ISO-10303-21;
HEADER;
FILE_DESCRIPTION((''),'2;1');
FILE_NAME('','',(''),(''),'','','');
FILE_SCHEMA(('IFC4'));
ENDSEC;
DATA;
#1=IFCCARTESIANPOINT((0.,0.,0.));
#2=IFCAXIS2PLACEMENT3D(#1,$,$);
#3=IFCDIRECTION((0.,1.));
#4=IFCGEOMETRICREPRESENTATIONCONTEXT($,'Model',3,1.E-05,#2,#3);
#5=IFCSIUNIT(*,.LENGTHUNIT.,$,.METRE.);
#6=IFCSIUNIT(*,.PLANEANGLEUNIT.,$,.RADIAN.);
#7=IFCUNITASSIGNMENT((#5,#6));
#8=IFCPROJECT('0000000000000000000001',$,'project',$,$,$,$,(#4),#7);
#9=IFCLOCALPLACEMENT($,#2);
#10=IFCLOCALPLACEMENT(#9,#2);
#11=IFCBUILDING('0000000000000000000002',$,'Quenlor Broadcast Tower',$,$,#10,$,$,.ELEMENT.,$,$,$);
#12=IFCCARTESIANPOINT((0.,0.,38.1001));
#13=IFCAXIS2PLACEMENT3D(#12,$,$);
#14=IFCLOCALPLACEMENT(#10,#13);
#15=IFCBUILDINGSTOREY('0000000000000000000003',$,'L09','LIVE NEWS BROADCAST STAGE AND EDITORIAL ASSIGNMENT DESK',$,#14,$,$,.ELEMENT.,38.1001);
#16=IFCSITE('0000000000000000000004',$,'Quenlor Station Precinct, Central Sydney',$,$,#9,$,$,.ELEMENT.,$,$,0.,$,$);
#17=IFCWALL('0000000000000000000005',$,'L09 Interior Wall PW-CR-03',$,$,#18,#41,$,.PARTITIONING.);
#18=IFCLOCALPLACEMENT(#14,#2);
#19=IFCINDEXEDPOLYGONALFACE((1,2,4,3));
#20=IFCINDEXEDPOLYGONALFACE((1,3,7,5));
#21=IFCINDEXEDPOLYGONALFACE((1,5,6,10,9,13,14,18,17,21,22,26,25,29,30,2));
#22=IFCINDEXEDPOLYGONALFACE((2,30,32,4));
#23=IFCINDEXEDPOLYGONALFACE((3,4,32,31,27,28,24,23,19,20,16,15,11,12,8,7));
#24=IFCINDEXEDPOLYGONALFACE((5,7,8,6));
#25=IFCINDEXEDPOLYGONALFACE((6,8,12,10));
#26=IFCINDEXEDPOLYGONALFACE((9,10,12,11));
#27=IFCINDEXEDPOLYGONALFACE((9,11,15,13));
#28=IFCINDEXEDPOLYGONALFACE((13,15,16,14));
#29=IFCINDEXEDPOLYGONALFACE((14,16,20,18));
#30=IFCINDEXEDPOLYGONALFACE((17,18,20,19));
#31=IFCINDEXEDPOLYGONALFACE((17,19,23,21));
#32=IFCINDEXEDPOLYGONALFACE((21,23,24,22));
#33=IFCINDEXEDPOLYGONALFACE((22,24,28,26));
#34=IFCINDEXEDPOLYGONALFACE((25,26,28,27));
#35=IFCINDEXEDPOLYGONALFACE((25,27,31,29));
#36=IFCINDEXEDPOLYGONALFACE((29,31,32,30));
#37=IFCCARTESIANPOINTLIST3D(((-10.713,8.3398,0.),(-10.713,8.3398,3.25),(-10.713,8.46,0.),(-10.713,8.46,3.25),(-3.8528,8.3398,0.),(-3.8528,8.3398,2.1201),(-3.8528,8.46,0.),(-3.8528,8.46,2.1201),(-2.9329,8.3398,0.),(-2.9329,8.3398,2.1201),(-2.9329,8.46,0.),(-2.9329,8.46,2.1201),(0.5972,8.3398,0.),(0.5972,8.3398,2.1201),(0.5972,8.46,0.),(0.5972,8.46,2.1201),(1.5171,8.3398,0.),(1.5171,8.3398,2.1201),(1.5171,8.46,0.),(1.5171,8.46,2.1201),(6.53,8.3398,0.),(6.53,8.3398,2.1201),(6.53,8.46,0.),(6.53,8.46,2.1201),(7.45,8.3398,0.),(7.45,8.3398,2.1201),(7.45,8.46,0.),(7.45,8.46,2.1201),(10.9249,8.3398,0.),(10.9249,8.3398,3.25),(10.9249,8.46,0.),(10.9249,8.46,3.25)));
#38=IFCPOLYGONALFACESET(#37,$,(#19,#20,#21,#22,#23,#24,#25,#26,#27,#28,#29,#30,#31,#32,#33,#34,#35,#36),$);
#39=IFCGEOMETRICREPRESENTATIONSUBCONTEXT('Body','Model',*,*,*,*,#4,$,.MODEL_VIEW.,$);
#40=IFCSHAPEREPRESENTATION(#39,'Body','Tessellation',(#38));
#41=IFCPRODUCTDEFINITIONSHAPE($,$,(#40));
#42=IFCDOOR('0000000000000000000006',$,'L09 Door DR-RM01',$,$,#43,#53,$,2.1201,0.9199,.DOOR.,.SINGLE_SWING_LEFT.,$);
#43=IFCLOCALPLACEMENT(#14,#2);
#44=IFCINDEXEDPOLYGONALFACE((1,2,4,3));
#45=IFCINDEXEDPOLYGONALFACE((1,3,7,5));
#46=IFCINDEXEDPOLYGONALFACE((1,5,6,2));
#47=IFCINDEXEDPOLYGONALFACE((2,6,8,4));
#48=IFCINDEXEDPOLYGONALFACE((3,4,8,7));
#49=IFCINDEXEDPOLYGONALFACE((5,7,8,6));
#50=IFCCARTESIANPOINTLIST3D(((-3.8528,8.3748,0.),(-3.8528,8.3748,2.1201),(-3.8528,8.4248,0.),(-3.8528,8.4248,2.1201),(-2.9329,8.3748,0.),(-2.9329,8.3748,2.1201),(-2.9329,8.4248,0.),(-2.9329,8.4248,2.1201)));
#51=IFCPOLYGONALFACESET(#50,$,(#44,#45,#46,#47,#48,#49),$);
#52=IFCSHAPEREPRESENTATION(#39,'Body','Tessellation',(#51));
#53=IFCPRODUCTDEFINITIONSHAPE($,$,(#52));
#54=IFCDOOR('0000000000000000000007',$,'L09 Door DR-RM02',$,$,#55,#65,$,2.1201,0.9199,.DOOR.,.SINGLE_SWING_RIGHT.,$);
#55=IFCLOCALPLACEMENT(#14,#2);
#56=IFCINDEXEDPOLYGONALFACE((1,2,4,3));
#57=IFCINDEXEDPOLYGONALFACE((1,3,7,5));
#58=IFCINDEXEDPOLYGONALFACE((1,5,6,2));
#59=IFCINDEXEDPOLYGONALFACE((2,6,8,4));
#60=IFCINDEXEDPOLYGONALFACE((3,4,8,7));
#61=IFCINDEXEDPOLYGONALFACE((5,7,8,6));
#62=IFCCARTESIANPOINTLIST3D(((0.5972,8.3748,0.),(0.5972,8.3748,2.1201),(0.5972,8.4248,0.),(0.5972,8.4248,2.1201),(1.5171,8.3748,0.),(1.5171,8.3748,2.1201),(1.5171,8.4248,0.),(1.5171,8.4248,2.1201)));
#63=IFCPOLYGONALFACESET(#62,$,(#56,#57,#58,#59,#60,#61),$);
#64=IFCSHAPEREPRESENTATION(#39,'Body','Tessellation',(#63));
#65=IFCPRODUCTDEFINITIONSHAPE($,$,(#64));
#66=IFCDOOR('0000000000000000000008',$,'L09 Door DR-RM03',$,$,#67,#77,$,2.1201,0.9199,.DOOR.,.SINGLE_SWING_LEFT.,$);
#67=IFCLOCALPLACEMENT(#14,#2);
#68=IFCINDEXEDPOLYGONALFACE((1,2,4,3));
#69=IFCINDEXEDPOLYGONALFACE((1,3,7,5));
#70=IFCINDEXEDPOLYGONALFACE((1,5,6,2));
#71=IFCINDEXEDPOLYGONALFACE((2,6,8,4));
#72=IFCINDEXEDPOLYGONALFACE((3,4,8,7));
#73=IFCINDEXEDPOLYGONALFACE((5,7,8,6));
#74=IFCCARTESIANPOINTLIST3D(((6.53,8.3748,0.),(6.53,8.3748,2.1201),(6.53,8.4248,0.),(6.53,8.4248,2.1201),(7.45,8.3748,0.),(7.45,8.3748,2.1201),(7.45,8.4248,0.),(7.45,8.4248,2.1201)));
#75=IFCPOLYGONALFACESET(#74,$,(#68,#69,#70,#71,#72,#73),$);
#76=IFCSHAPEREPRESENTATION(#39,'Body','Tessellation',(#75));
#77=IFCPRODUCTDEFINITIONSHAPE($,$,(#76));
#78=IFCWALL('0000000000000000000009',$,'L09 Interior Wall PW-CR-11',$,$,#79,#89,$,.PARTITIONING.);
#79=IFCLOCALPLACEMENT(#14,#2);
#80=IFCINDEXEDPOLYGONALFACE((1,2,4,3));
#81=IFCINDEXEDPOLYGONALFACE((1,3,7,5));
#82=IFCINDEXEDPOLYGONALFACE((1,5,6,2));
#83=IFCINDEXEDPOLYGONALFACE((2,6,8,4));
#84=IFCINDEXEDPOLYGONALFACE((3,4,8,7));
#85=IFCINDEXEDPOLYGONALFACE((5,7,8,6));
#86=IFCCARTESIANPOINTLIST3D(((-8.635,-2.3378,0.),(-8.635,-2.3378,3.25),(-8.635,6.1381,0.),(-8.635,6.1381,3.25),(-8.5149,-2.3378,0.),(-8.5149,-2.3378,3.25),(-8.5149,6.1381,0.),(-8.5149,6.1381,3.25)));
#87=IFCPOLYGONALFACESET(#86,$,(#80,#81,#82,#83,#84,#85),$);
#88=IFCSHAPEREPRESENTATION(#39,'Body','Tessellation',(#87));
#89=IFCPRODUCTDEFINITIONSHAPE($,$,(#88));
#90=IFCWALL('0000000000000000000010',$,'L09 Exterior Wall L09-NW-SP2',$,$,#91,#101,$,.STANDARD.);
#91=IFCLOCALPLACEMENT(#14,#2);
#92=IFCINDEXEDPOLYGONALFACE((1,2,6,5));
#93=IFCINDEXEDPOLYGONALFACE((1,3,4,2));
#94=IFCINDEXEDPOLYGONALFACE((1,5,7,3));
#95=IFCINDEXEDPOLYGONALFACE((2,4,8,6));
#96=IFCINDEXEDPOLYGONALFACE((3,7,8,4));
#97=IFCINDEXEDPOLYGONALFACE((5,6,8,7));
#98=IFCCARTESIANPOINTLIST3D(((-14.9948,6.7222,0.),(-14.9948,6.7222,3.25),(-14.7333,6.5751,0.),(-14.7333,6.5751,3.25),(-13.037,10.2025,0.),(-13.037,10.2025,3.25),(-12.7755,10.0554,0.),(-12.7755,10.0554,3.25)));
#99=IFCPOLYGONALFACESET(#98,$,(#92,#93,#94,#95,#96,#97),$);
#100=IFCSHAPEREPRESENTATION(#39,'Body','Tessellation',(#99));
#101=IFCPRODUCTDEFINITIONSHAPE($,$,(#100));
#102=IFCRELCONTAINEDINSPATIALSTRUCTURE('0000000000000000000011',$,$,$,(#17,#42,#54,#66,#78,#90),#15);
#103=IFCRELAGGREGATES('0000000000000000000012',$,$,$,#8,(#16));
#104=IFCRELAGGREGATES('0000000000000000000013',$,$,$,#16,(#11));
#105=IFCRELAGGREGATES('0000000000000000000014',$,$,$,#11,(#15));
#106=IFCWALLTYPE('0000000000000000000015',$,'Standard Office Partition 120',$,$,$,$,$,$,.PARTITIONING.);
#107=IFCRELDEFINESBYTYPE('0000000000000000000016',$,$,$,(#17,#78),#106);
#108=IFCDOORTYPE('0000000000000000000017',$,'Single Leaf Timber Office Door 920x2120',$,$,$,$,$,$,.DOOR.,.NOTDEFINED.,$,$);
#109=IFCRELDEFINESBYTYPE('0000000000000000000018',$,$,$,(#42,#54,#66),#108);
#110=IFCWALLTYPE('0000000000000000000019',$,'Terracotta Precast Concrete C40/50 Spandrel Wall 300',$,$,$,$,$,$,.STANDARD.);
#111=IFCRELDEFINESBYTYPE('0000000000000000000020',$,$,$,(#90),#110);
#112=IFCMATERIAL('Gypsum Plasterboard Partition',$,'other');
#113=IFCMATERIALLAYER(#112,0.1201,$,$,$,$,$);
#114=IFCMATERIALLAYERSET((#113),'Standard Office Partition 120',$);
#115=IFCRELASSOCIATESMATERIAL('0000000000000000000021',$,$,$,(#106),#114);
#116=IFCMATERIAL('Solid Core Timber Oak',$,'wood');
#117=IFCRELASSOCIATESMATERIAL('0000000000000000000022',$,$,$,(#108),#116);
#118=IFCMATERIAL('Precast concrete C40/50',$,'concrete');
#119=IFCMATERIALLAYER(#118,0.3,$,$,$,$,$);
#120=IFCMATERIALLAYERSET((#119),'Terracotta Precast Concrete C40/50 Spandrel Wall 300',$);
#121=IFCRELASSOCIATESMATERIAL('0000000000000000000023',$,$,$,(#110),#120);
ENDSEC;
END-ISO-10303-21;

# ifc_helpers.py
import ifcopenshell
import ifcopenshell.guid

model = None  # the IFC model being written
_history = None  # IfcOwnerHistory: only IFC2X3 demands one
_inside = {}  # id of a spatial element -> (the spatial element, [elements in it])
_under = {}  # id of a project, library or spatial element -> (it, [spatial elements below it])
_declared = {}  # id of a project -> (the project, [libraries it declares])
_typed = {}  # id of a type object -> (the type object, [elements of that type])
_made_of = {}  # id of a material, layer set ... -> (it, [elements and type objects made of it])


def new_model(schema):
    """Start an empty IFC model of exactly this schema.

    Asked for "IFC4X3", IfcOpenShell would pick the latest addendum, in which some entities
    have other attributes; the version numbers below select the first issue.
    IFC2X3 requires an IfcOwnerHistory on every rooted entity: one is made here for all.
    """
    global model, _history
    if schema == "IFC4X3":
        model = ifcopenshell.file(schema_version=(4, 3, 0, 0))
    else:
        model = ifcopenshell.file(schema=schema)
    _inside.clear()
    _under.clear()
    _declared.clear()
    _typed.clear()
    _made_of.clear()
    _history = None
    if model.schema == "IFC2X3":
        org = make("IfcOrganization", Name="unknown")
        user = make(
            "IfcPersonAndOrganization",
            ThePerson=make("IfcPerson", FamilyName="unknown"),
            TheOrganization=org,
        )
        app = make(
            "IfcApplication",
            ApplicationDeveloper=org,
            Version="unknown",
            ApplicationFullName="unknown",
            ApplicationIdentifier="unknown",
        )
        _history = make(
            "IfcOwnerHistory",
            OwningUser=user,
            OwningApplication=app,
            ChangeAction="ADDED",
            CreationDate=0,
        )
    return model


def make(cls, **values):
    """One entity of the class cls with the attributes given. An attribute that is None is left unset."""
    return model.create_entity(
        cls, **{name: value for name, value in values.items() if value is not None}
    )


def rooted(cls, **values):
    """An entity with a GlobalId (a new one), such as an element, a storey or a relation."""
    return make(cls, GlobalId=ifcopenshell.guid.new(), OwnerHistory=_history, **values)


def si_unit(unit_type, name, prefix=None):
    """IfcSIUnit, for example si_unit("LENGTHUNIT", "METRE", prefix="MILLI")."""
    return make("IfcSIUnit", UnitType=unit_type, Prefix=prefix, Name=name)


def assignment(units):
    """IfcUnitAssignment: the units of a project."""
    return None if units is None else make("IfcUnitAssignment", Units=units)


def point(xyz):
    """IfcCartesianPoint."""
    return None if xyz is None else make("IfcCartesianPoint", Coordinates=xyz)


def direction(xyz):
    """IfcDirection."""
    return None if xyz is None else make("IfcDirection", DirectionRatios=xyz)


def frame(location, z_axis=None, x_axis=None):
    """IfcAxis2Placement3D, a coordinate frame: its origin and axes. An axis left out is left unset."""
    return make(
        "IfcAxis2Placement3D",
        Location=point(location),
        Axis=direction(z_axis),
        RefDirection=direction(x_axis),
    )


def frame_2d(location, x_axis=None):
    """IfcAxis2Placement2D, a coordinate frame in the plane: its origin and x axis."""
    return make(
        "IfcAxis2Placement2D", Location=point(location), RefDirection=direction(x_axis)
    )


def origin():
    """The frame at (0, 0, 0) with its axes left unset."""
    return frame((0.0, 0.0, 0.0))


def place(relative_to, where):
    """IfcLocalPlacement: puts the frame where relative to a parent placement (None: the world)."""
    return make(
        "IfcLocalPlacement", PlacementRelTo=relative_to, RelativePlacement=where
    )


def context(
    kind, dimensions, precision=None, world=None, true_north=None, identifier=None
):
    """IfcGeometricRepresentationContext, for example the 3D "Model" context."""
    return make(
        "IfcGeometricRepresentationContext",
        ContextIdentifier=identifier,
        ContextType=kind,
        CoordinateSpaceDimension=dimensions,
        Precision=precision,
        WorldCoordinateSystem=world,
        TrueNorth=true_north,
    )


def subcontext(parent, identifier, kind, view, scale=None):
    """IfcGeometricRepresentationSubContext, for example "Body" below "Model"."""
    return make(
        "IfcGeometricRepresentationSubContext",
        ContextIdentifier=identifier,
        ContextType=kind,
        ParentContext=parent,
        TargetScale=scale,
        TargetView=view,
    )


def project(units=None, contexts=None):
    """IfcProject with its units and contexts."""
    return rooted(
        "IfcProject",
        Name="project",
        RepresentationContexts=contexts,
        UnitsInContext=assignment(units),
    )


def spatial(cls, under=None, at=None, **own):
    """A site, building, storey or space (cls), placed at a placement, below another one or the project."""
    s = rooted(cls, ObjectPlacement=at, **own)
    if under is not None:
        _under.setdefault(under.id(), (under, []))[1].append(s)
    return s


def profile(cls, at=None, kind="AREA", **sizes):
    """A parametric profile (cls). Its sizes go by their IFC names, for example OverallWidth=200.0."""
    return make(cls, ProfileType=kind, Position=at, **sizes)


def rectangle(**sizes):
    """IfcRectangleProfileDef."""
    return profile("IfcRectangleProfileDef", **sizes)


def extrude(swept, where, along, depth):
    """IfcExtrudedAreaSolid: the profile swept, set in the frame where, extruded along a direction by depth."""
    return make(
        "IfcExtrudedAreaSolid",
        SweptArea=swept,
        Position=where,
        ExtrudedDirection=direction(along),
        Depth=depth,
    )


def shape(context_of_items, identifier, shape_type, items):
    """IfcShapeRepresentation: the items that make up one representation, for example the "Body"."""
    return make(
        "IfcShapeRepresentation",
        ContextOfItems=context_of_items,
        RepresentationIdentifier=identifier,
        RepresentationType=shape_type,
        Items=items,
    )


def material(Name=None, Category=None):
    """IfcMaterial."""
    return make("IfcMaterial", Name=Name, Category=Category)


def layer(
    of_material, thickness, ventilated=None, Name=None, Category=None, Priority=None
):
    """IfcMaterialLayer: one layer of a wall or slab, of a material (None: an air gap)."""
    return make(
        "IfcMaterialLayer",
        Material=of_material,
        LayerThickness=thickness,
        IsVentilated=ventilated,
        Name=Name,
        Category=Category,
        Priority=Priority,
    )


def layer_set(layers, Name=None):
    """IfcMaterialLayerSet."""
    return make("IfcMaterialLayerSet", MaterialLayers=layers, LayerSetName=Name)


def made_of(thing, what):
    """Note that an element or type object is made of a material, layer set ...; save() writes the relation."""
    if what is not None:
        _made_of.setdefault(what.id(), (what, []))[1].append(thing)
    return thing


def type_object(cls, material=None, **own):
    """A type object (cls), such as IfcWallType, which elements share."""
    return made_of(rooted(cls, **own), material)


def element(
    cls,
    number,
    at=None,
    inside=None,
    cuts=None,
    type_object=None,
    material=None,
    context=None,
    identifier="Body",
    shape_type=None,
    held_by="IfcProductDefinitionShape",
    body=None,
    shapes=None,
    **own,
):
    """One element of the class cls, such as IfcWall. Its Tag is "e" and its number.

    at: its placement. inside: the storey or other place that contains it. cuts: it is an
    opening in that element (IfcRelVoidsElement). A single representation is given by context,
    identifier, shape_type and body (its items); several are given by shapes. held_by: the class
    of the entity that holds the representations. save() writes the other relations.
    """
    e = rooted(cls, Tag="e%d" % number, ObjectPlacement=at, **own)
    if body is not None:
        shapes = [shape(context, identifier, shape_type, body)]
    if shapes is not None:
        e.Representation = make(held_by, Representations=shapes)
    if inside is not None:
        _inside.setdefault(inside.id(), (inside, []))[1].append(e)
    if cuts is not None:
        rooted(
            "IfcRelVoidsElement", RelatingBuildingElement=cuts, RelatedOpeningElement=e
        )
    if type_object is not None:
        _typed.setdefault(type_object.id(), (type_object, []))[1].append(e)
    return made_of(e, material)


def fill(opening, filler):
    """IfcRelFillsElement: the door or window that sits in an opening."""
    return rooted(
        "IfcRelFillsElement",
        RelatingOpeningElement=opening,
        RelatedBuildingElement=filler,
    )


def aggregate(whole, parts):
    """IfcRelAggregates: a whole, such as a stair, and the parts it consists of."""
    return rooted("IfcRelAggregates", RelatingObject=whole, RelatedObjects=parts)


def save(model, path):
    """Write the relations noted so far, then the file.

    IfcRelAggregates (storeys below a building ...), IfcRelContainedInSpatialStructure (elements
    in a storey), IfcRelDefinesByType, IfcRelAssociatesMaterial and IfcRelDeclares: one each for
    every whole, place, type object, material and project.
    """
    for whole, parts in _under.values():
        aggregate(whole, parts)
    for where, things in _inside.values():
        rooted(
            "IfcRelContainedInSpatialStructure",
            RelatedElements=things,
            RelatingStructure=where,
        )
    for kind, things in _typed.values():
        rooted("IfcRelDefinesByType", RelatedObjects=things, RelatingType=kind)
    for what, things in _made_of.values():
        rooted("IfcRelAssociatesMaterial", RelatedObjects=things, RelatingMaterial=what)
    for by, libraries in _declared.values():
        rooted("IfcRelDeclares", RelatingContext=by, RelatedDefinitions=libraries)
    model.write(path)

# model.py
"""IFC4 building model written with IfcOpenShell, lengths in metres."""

from ifc_helpers import new_model, si_unit, direction, frame, frame_2d, origin, place, context, subcontext, project, spatial, rectangle, extrude, material, layer, layer_set, type_object, element, fill, save


model = new_model("IFC4")

# Units and contexts
model_context = context("Model", 3, precision=1e-05, world=origin(), true_north=direction((0.0, 1.0)))
body_context = subcontext(model_context, "Body", "Model", "MODEL_VIEW")
ifc_project = project(units=[si_unit("LENGTHUNIT", "METRE"), si_unit("PLANEANGLEUNIT", "RADIAN")], contexts=[model_context])

# Site, building, storey
site_placement = place(None, origin())
site = spatial("IfcSite", under=ifc_project, at=site_placement, Name="Quenlor Station Precinct, Central Sydney", CompositionType="ELEMENT", RefElevation=0.0)
building_placement = place(site_placement, origin())
building = spatial("IfcBuilding", under=site, at=building_placement, Name="Quenlor Broadcast Tower", CompositionType="ELEMENT")
storey_placement = place(building_placement, frame((0.0, 0.0, 38.1001)))
storey = spatial("IfcBuildingStorey", under=building, at=storey_placement, Name="L09", Description="LIVE NEWS BROADCAST STAGE AND EDITORIAL ASSIGNMENT DESK", CompositionType="ELEMENT", Elevation=38.1001)

# Wall, openings, doors
ifc_material_1 = material(Name="Gypsum Plasterboard Partition", Category="other")
ifc_layer_1 = layer(ifc_material_1, 0.1201)
ifc_layer_set_1 = layer_set([ifc_layer_1], Name="Standard Office Partition 120")
wall_type_1 = type_object("IfcWallType", Name="Standard Office Partition 120", PredefinedType="PARTITIONING", material=ifc_layer_set_1)
wall_1_placement = place(storey_placement, frame((-10.7129, 8.3999, 0.0), z_axis=(0.0, 0.0, 1.0), x_axis=(1.0, 0.0, 0.0)))
wall_1 = element("IfcWall", 1, at=wall_1_placement, inside=storey, type_object=wall_type_1, Name="L09 Interior Wall PW-CR-03", PredefinedType="PARTITIONING", context=body_context, shape_type="SweptSolid", body=[
    extrude(rectangle(XDim=21.6379, YDim=0.1201, at=frame_2d((10.8188, 0.0))), origin(), (0.0, 0.0, 1.0), 3.25),
])
opening_1_placement = place(wall_1_placement, frame((6.8601, 0.0, 0.0)))
opening_1 = element("IfcOpeningElement", 2, at=opening_1_placement, cuts=wall_1, PredefinedType="OPENING", context=body_context, shape_type="SweptSolid", body=[
    extrude(rectangle(XDim=0.9199, YDim=2.1201, at=frame_2d((0.46, 1.0601))), frame((0.0, 0.0701, 0.0), z_axis=(0.0, -1.0, 0.0), x_axis=(1.0, 0.0, 0.0)), (0.0, 0.0, 1.0), 0.1401),
])
opening_2_placement = place(wall_1_placement, frame((11.3101, 0.0, 0.0)))
opening_2 = element("IfcOpeningElement", 3, at=opening_2_placement, cuts=wall_1, PredefinedType="OPENING", context=body_context, shape_type="SweptSolid", body=[
    extrude(rectangle(XDim=0.9199, YDim=2.1201, at=frame_2d((0.46, 1.0601))), frame((0.0, 0.0701, 0.0), z_axis=(0.0, -1.0, 0.0), x_axis=(1.0, 0.0, 0.0)), (0.0, 0.0, 1.0), 0.1401),
])
opening_3_placement = place(wall_1_placement, frame((17.2429, 0.0, 0.0)))
opening_3 = element("IfcOpeningElement", 4, at=opening_3_placement, cuts=wall_1, PredefinedType="OPENING", context=body_context, shape_type="SweptSolid", body=[
    extrude(rectangle(XDim=0.9199, YDim=2.1201, at=frame_2d((0.46, 1.0601))), frame((0.0, 0.0701, 0.0), z_axis=(0.0, -1.0, 0.0), x_axis=(1.0, 0.0, 0.0)), (0.0, 0.0, 1.0), 0.1401),
])
ifc_material_2 = material(Name="Solid Core Timber Oak", Category="wood")
door_type = type_object("IfcDoorType", Name="Single Leaf Timber Office Door 920x2120", OperationType="NOTDEFINED", PredefinedType="DOOR", material=ifc_material_2)
door_1_placement = place(opening_1_placement, origin())
door_1 = element("IfcDoor", 5, at=door_1_placement, inside=storey, type_object=door_type, Name="L09 Door DR-RM01", OperationType="SINGLE_SWING_LEFT", OverallHeight=2.1201, OverallWidth=0.9199, PredefinedType="DOOR", context=body_context, shape_type="SweptSolid", body=[
    extrude(rectangle(XDim=0.9199, YDim=2.1201, at=frame_2d((0.46, 1.0601))), frame((0.0, 0.0249, 0.0), z_axis=(0.0, -1.0, 0.0), x_axis=(1.0, 0.0, 0.0)), (0.0, 0.0, 1.0), 0.05),
])
fill(opening_1, door_1)
door_2_placement = place(opening_2_placement, origin())
door_2 = element("IfcDoor", 6, at=door_2_placement, inside=storey, type_object=door_type, Name="L09 Door DR-RM02", OperationType="SINGLE_SWING_RIGHT", OverallHeight=2.1201, OverallWidth=0.9199, PredefinedType="DOOR", context=body_context, shape_type="SweptSolid", body=[
    extrude(rectangle(XDim=0.9199, YDim=2.1201, at=frame_2d((0.46, 1.0601))), frame((0.0, 0.0249, 0.0), z_axis=(0.0, -1.0, 0.0), x_axis=(1.0, 0.0, 0.0)), (0.0, 0.0, 1.0), 0.05),
])
fill(opening_2, door_2)
door_3_placement = place(opening_3_placement, origin())
door_3 = element("IfcDoor", 7, at=door_3_placement, inside=storey, type_object=door_type, Name="L09 Door DR-RM03", OperationType="SINGLE_SWING_LEFT", OverallHeight=2.1201, OverallWidth=0.9199, PredefinedType="DOOR", context=body_context, shape_type="SweptSolid", body=[
    extrude(rectangle(XDim=0.9199, YDim=2.1201, at=frame_2d((0.46, 1.0601))), frame((0.0, 0.0249, 0.0), z_axis=(0.0, -1.0, 0.0), x_axis=(1.0, 0.0, 0.0)), (0.0, 0.0, 1.0), 0.05),
])
fill(opening_3, door_3)

# Walls
wall_2_placement = place(storey_placement, frame((-8.575, 6.1379, 0.0), z_axis=(0.0, 0.0, 1.0), x_axis=(0.0, -1.0, 0.0)))
element("IfcWall", 8, at=wall_2_placement, inside=storey, type_object=wall_type_1, Name="L09 Interior Wall PW-CR-11", PredefinedType="PARTITIONING", context=body_context, shape_type="SweptSolid", body=[
    extrude(rectangle(XDim=8.4758, YDim=0.1201, at=frame_2d((4.2378, 0.0))), origin(), (0.0, 0.0, 1.0), 3.25),
])
ifc_material_3 = material(Name="Precast concrete C40/50", Category="concrete")
ifc_layer_2 = layer(ifc_material_3, 0.3)
ifc_layer_set_2 = layer_set([ifc_layer_2], Name="Terracotta Precast Concrete C40/50 Spandrel Wall 300")
wall_type_2 = type_object("IfcWallType", Name="Terracotta Precast Concrete C40/50 Spandrel Wall 300", PredefinedType="STANDARD", material=ifc_layer_set_2)
wall_3_placement = place(storey_placement, frame((-14.864, 6.6487, 0.0), z_axis=(0.0, 0.0, 1.0), x_axis=(0.490287, 0.871561, 0.0)))
element("IfcWall", 9, at=wall_3_placement, inside=storey, type_object=wall_type_2, Name="L09 Exterior Wall L09-NW-SP2", PredefinedType="STANDARD", context=body_context, shape_type="SweptSolid", body=[
    extrude(rectangle(XDim=3.9932, YDim=0.3, at=frame_2d((1.9966, 0.0))), origin(), (0.0, 0.0, 1.0), 3.25),
])

save(model, "model.ifc")
